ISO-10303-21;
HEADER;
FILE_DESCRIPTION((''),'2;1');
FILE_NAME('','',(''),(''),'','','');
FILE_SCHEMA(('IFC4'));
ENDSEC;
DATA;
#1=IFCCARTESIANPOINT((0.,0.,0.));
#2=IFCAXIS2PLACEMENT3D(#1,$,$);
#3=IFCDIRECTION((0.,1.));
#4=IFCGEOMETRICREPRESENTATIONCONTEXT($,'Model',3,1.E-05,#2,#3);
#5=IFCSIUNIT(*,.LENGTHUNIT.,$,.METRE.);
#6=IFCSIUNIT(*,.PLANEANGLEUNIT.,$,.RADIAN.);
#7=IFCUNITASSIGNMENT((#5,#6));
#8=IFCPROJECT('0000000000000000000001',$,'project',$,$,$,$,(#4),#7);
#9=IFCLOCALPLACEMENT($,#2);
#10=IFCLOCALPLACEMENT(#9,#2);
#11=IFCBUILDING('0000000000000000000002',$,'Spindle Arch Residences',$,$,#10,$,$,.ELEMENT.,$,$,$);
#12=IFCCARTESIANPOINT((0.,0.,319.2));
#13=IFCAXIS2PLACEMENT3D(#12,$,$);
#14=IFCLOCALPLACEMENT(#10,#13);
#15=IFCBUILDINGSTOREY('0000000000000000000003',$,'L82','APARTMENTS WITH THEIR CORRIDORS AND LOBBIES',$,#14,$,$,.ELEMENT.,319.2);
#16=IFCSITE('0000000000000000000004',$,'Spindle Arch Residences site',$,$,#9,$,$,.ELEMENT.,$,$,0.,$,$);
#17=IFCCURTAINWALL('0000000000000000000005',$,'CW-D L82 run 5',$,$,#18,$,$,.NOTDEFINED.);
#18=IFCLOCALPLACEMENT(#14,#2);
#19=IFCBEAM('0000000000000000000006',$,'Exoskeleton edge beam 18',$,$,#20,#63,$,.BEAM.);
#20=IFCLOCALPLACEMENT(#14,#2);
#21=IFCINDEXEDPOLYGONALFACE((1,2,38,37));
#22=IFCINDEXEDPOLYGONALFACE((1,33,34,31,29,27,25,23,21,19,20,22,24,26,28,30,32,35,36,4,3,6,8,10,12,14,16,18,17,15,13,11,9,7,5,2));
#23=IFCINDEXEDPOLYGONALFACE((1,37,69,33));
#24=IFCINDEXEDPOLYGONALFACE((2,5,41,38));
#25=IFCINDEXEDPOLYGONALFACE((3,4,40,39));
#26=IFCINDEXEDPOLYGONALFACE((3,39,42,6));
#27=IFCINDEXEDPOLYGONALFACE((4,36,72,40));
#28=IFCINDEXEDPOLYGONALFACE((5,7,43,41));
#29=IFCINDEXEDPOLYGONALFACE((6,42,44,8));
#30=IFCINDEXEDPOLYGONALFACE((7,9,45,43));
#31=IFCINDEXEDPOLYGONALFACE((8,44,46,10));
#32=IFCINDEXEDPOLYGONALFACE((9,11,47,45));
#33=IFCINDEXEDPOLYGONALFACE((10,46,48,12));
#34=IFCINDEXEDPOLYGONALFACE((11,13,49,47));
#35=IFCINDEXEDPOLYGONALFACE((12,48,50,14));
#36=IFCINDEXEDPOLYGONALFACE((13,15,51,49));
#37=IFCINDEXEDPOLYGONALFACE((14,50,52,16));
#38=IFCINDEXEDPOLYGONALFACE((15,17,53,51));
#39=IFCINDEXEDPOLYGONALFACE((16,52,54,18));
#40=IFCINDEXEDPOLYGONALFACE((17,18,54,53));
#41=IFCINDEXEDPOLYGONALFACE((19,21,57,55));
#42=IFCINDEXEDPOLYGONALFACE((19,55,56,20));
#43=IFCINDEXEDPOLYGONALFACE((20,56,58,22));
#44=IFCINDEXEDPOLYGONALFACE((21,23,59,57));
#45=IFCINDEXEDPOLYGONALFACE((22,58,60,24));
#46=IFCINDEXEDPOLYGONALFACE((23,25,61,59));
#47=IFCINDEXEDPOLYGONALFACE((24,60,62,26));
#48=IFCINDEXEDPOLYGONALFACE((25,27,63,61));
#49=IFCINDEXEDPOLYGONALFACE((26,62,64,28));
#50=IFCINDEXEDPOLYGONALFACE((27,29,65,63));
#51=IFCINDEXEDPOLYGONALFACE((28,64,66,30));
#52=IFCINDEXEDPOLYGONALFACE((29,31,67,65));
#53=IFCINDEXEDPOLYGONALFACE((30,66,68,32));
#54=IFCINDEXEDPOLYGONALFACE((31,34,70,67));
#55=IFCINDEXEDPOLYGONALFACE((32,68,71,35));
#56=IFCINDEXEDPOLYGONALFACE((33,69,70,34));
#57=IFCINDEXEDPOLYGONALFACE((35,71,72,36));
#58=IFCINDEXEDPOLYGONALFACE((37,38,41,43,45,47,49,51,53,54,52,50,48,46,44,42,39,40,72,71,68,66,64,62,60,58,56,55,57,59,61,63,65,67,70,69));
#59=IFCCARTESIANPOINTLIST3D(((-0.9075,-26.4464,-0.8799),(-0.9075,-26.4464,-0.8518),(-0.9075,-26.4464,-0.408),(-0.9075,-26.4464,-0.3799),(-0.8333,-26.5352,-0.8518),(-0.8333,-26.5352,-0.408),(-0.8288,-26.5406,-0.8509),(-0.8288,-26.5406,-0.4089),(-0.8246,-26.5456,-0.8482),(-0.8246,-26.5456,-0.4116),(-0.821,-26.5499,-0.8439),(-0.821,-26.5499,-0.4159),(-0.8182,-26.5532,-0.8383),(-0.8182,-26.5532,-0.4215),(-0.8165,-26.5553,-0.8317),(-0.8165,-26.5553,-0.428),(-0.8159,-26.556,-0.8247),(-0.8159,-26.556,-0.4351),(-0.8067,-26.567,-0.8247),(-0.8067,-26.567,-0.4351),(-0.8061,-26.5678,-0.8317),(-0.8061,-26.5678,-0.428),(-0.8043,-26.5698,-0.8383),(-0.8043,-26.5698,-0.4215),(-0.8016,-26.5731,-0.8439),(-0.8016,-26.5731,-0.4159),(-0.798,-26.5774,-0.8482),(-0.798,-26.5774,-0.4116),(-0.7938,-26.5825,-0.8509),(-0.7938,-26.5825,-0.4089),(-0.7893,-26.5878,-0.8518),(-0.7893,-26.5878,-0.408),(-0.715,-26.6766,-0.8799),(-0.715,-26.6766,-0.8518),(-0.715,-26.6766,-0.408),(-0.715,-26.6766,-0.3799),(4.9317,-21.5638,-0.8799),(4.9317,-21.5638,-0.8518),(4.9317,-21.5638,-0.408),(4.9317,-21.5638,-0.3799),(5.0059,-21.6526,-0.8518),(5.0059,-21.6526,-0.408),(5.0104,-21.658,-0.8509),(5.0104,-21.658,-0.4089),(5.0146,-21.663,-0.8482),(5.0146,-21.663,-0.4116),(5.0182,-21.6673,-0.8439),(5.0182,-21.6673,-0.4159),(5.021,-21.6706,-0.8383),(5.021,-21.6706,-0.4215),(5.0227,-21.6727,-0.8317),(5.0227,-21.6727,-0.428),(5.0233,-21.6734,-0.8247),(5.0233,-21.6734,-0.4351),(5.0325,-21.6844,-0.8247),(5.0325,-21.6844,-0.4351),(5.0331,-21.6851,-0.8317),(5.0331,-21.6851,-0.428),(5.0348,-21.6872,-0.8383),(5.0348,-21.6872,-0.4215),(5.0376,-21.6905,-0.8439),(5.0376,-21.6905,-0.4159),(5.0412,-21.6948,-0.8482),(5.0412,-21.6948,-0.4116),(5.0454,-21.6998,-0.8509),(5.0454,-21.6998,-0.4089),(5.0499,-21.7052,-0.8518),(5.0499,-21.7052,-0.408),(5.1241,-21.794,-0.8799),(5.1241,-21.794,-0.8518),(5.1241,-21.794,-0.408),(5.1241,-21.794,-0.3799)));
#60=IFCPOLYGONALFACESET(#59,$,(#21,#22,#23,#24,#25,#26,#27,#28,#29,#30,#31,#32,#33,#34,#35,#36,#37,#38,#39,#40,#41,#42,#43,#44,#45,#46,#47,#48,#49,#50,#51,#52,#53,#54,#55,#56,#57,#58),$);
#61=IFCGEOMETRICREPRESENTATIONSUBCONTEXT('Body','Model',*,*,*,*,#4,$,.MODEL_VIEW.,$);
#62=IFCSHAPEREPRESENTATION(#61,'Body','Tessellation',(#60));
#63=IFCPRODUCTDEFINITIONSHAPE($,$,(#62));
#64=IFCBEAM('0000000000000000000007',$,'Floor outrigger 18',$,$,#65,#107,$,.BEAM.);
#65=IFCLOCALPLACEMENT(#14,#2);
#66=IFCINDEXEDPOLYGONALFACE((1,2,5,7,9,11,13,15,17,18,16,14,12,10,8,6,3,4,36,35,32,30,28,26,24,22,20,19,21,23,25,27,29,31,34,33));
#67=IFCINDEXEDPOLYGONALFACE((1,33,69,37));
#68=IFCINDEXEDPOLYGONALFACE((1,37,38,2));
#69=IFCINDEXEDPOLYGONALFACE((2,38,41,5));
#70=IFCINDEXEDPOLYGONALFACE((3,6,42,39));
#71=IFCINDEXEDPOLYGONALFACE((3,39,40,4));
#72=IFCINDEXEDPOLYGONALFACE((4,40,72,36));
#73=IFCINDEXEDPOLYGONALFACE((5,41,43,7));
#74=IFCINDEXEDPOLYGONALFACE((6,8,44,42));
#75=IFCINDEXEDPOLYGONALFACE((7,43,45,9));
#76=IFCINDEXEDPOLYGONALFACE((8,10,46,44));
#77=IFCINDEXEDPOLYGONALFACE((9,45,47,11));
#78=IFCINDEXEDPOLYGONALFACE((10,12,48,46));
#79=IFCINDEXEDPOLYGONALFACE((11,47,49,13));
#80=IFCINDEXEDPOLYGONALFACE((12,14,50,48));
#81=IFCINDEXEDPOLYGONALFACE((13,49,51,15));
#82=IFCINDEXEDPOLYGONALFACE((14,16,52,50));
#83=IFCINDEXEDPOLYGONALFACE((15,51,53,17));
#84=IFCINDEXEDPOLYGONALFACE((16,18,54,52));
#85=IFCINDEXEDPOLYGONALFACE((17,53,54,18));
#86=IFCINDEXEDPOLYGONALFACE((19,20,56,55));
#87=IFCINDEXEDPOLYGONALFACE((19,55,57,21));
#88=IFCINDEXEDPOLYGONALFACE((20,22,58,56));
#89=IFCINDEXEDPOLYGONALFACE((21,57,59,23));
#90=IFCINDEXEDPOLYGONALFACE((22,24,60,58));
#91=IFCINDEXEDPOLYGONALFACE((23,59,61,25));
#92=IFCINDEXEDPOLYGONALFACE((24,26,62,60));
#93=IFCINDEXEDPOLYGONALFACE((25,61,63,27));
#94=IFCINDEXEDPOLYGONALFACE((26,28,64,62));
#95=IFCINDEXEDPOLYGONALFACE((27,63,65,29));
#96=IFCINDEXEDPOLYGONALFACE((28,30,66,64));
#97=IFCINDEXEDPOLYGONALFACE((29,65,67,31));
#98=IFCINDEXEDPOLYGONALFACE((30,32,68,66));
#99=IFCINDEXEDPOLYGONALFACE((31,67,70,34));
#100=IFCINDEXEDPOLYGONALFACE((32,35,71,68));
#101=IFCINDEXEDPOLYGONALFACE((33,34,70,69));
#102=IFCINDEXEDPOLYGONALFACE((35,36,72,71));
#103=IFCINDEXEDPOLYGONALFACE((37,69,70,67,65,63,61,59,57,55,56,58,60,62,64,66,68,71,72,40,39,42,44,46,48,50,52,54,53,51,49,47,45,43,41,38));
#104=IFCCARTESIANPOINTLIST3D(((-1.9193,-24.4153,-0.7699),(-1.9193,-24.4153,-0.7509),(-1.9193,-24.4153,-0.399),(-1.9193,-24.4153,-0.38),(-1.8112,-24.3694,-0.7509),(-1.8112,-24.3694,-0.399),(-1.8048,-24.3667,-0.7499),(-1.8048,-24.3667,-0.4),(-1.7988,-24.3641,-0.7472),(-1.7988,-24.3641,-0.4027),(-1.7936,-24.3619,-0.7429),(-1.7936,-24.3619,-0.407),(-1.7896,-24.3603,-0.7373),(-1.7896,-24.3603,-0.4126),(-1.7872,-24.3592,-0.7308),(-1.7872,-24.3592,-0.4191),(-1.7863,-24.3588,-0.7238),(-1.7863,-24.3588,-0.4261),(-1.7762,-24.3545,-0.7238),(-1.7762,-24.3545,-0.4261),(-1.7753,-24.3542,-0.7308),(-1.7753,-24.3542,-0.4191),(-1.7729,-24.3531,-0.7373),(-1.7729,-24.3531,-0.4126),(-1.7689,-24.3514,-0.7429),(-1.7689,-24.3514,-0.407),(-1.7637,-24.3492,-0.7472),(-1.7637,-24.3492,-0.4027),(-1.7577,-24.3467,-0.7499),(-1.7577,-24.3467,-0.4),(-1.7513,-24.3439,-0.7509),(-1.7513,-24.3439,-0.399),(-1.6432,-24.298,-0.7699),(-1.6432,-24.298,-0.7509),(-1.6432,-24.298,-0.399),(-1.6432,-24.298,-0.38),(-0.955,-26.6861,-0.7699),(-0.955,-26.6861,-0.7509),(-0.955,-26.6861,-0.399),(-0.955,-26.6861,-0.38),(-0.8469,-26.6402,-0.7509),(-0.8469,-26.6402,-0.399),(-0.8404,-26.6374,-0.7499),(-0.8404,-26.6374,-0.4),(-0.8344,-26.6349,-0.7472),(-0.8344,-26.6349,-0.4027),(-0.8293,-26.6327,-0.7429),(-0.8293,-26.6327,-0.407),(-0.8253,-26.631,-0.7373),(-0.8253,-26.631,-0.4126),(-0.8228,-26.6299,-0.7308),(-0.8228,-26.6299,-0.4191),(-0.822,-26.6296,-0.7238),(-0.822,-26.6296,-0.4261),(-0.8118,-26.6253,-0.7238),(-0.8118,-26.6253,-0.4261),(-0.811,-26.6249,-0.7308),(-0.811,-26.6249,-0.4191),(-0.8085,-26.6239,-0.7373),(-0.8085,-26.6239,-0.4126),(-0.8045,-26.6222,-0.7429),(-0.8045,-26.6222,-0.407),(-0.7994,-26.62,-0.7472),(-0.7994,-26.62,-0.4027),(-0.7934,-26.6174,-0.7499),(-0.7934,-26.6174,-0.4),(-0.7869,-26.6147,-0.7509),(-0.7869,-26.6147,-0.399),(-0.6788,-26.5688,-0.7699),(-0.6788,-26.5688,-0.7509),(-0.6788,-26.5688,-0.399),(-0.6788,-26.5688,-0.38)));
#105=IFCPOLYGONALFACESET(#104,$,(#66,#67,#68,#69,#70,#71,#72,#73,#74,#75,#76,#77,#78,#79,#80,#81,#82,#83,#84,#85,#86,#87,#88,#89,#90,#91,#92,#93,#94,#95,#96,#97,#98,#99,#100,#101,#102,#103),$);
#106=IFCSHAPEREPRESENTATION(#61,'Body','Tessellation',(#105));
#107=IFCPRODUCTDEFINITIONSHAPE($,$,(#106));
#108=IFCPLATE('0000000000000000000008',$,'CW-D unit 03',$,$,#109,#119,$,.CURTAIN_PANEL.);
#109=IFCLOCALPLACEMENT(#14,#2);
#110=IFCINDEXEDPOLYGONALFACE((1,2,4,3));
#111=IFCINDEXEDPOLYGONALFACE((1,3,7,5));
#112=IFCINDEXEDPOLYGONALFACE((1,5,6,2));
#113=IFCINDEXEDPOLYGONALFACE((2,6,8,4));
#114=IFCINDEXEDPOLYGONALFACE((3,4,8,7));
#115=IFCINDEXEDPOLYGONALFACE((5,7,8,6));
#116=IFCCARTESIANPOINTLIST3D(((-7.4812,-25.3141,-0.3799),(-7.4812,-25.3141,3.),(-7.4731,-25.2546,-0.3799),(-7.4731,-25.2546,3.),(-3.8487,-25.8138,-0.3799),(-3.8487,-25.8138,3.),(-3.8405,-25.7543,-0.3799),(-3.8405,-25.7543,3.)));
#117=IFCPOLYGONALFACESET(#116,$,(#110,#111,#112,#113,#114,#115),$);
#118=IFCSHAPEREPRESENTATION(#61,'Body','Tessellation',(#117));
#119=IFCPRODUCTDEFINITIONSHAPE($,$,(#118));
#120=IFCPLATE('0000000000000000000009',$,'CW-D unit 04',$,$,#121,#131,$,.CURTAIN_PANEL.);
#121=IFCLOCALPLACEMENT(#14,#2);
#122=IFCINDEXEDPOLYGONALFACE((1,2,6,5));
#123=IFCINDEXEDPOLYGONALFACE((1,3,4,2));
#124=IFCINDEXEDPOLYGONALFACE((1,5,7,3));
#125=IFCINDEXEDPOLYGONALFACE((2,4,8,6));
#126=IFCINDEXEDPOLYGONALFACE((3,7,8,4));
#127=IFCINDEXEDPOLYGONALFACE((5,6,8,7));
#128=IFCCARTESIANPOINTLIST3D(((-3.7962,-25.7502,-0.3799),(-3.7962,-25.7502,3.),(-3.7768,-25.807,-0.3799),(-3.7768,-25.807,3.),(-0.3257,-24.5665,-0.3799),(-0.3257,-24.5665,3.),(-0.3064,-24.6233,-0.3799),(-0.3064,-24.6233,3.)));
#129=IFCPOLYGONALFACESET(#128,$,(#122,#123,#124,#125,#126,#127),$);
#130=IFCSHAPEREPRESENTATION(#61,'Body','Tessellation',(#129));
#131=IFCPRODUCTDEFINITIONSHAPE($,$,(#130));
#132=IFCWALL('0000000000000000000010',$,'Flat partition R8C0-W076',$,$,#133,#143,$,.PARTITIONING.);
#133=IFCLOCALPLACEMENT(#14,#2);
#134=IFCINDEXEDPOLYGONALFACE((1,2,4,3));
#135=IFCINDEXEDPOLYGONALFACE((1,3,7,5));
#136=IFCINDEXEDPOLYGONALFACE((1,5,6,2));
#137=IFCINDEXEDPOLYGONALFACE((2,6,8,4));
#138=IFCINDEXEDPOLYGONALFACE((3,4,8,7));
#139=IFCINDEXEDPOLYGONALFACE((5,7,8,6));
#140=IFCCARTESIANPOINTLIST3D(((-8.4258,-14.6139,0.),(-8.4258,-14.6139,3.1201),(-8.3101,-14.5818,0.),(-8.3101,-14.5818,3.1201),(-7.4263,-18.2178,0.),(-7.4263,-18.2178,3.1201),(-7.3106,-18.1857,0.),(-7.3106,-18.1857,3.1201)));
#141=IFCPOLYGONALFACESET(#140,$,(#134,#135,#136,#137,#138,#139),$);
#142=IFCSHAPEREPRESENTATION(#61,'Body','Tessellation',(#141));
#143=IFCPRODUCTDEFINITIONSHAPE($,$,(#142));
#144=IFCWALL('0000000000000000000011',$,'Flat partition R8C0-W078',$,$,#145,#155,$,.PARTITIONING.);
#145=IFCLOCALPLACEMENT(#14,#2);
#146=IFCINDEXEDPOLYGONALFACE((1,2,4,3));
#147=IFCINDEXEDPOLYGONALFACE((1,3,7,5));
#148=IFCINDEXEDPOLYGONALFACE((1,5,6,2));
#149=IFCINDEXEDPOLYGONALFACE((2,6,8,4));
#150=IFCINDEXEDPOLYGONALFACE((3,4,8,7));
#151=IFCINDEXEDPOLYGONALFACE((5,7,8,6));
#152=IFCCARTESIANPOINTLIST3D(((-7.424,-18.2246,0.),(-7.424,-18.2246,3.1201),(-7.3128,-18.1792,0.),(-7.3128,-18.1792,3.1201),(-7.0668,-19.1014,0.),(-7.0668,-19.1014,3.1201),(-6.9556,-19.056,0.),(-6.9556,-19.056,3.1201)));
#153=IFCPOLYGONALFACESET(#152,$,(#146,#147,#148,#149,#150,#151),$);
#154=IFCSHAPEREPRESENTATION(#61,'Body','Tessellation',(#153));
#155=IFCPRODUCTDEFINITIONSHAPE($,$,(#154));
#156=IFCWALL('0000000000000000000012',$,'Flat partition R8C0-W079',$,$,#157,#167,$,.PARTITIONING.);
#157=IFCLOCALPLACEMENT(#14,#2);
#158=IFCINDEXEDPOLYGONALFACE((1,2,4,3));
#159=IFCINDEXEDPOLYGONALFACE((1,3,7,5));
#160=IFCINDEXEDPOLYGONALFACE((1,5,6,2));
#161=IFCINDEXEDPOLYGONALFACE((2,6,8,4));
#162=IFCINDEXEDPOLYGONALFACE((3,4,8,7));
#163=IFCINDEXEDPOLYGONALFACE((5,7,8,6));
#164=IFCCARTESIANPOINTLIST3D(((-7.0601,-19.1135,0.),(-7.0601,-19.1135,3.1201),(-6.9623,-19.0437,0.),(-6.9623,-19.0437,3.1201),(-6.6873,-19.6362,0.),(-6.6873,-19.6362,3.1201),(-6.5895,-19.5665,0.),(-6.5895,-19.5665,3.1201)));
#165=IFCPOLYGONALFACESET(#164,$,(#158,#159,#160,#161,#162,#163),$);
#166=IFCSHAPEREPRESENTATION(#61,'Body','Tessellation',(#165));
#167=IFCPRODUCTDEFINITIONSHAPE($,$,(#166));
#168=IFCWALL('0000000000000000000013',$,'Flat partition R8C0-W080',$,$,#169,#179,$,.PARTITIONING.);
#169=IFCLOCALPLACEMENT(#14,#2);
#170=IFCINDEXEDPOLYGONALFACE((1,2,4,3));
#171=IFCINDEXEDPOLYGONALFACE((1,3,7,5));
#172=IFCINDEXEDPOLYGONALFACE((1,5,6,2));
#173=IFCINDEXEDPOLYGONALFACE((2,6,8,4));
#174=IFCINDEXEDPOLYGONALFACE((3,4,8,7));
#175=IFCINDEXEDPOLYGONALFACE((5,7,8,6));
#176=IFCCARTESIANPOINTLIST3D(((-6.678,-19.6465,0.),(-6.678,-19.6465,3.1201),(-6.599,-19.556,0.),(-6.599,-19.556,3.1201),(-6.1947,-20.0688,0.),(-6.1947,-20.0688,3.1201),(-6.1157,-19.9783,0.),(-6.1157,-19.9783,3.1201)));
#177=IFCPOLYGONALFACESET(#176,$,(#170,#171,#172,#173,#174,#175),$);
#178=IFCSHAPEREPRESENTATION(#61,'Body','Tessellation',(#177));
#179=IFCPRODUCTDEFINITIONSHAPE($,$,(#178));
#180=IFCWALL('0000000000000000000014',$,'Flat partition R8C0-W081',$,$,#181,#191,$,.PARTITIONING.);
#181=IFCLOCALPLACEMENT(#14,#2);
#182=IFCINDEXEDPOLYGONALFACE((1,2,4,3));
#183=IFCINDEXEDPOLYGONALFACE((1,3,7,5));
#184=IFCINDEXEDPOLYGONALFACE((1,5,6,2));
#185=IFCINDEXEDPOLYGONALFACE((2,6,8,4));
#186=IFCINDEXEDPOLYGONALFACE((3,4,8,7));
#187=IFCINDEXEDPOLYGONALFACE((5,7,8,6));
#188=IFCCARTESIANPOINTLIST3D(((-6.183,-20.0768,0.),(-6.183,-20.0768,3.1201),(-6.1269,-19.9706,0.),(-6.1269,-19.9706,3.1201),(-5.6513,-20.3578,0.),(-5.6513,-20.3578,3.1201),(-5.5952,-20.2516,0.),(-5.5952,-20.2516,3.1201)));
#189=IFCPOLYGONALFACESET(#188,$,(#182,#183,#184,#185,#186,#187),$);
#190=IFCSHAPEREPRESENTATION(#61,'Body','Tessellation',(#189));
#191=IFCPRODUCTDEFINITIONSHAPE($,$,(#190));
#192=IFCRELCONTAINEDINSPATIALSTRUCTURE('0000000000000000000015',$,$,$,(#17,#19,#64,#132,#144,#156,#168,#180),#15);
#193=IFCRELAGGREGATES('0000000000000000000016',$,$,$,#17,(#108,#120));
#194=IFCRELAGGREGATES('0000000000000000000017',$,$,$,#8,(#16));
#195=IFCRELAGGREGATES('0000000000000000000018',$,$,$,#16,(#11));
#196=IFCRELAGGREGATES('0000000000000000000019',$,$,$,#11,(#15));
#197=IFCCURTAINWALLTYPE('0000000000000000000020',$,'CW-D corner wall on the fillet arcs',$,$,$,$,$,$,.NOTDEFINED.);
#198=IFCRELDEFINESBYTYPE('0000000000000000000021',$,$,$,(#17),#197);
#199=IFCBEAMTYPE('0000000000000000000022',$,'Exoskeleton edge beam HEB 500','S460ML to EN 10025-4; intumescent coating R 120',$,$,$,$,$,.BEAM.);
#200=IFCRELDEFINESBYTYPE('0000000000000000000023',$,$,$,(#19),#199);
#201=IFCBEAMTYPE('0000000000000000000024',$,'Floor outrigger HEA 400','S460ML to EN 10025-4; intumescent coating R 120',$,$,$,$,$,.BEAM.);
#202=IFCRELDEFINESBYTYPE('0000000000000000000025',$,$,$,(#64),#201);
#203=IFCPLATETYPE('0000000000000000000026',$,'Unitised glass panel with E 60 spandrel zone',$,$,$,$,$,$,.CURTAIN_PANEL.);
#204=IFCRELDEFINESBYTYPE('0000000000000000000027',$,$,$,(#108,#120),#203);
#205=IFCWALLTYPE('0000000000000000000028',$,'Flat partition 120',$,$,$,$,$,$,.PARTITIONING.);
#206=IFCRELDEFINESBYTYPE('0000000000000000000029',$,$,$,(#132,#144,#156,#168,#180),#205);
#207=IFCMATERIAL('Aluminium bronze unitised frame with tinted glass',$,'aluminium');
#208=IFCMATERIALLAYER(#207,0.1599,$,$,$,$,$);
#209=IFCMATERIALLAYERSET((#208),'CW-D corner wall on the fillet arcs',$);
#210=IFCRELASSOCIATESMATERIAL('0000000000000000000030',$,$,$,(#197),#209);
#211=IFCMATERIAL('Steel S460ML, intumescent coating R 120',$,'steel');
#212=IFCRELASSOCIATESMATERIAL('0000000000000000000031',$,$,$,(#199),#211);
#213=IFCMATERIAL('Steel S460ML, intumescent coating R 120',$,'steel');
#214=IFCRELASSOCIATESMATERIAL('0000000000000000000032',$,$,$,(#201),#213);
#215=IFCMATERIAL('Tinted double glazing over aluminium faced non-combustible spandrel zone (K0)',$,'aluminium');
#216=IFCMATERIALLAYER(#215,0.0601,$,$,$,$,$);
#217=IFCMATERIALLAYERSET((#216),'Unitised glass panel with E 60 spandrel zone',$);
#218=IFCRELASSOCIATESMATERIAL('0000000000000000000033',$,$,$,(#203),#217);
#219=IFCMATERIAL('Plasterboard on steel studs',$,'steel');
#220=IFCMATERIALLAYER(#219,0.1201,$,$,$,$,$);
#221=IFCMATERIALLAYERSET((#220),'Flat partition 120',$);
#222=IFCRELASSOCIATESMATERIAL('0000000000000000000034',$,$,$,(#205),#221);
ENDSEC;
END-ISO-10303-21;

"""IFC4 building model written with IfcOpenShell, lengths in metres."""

from ifc_helpers import new_model, si_unit, direction, frame, frame_2d, origin, origin_2d, place, context, subcontext, project, spatial, rectangle, i_section, extrude, material, layer, layer_set, material_profile, profile_set, type_object, element, aggregate, save


model = new_model("IFC4")

# Units and contexts
model_context = context("Model", 3, precision=1e-05, world=origin(), true_north=direction((0.0, 1.0)))
body_context = subcontext(model_context, "Body", "Model", "MODEL_VIEW")
ifc_project = project(units=[si_unit("LENGTHUNIT", "METRE"), si_unit("PLANEANGLEUNIT", "RADIAN")], contexts=[model_context])

# Site, building, storey
site_placement = place(None, origin())
site = spatial("IfcSite", under=ifc_project, at=site_placement, Name="Spindle Arch Residences site", CompositionType="ELEMENT", RefElevation=0.0)
building_placement = place(site_placement, origin())
building = spatial("IfcBuilding", under=site, at=building_placement, Name="Spindle Arch Residences", CompositionType="ELEMENT")
storey_placement = place(building_placement, frame((0.0, 0.0, 319.2)))
storey = spatial("IfcBuildingStorey", under=building, at=storey_placement, Name="L82", Description="APARTMENTS WITH THEIR CORRIDORS AND LOBBIES", CompositionType="ELEMENT", Elevation=319.2)

# Curtain wall
ifc_material_1 = material(Name="Aluminium bronze unitised frame with tinted glass", Category="aluminium")
ifc_layer_1 = layer(ifc_material_1, 0.1599)
ifc_layer_set_1 = layer_set([ifc_layer_1], Name="CW-D corner wall on the fillet arcs")
curtain_wall_type = type_object("IfcCurtainWallType", Name="CW-D corner wall on the fillet arcs", PredefinedType="NOTDEFINED", material=ifc_layer_set_1)
curtain_wall_placement = place(storey_placement, origin())
curtain_wall = element("IfcCurtainWall", 1, at=curtain_wall_placement, inside=storey, type_object=curtain_wall_type, Name="CW-D L82 run 5", PredefinedType="NOTDEFINED")

# Beams
ifc_material_2 = material(Name="Steel S460ML, intumescent coating R 120", Category="steel")
ifc_material_profile_1 = material_profile(ifc_material_2, i_section(OverallWidth=0.3, OverallDepth=0.5, WebThickness=0.0144, FlangeThickness=0.0281, FilletRadius=0.0271, at=origin_2d()), Name="HEB 500")
ifc_profile_set_1 = profile_set([ifc_material_profile_1], Name="Steel S460ML, intumescent coating R 120")
beam_type_1 = type_object("IfcBeamType", Name="Exoskeleton edge beam HEB 500", Description="S460ML to EN 10025-4; intumescent coating R 120", PredefinedType="BEAM", material=ifc_profile_set_1)
beam_1_placement = place(storey_placement, frame((-0.8113, -26.5615, -0.6299), z_axis=(0.767145, 0.641474, 0.0), x_axis=(-0.641474, 0.767145, 0.0)))
element("IfcBeam", 2, at=beam_1_placement, inside=storey, type_object=beam_type_1, Name="Exoskeleton edge beam 18", PredefinedType="BEAM", context=body_context, shape_type="SweptSolid", body=[
    extrude(i_section(OverallWidth=0.3, OverallDepth=0.5, WebThickness=0.0144, FlangeThickness=0.0281, FilletRadius=0.0271, at=origin_2d()), origin(), (0.0, 0.0, 1.0), 7.6116),
])
ifc_material_3 = material(Name="Steel S460ML, intumescent coating R 120", Category="steel")
ifc_material_profile_2 = material_profile(ifc_material_3, i_section(OverallWidth=0.3, OverallDepth=0.3899, WebThickness=0.011, FlangeThickness=0.019, FilletRadius=0.0271, at=origin_2d()), Name="HEA 400")
ifc_profile_set_2 = profile_set([ifc_material_profile_2], Name="Steel S460ML, intumescent coating R 120")
beam_type_2 = type_object("IfcBeamType", Name="Floor outrigger HEA 400", Description="S460ML to EN 10025-4; intumescent coating R 120", PredefinedType="BEAM", material=ifc_profile_set_2)
beam_2_placement = place(storey_placement, frame((-0.8169, -26.6274, -0.575), z_axis=(-0.390895, 0.920435, 0.0), x_axis=(-0.920435, -0.390895, 0.0)))
element("IfcBeam", 3, at=beam_2_placement, inside=storey, type_object=beam_type_2, Name="Floor outrigger 18", PredefinedType="BEAM", context=body_context, shape_type="SweptSolid", body=[
    extrude(i_section(OverallWidth=0.3, OverallDepth=0.3899, WebThickness=0.011, FlangeThickness=0.019, FilletRadius=0.0271, at=origin_2d()), origin(), (0.0, 0.0, 1.0), 2.467),
])

# Plates
ifc_material_4 = material(Name="Tinted double glazing over aluminium faced non-combustible spandrel zone (K0)", Category="aluminium")
ifc_layer_2 = layer(ifc_material_4, 0.0601)
ifc_layer_set_2 = layer_set([ifc_layer_2], Name="Unitised glass panel with E 60 spandrel zone")
plate_type = type_object("IfcPlateType", Name="Unitised glass panel with E 60 spandrel zone", PredefinedType="CURTAIN_PANEL", material=ifc_layer_set_2)
plate_1_placement = place(storey_placement, frame((-5.6609, -25.5342, -0.3799), z_axis=(0.0, 0.0, 1.0), x_axis=(0.990669, -0.136292, 0.0)))
plate_1 = element("IfcPlate", 4, at=plate_1_placement, type_object=plate_type, Name="CW-D unit 03", PredefinedType="CURTAIN_PANEL", context=body_context, shape_type="SweptSolid", body=[
    extrude(rectangle(XDim=3.6667, YDim=0.0601, at=origin_2d()), origin(), (0.0, 0.0, 1.0), 3.3799),
])
plate_2_placement = place(storey_placement, frame((-2.0513, -25.1868, -0.3799), z_axis=(0.0, 0.0, 1.0), x_axis=(0.946462, 0.322816, 0.0)))
plate_2 = element("IfcPlate", 5, at=plate_2_placement, type_object=plate_type, Name="CW-D unit 04", PredefinedType="CURTAIN_PANEL", context=body_context, shape_type="SweptSolid", body=[
    extrude(rectangle(XDim=3.6667, YDim=0.0601, at=origin_2d()), origin(), (0.0, 0.0, 1.0), 3.3799),
])
aggregate(curtain_wall, [plate_1, plate_2])

# Walls
ifc_material_5 = material(Name="Plasterboard on steel studs", Category="steel")
ifc_layer_3 = layer(ifc_material_5, 0.1201)
ifc_layer_set_3 = layer_set([ifc_layer_3], Name="Flat partition 120")
wall_type_1 = type_object("IfcWallType", Name="Flat partition 120", PredefinedType="PARTITIONING", material=ifc_layer_set_3)
wall_1_placement = place(storey_placement, frame((-7.3684, -18.2019, 0.0), z_axis=(0.0, 0.0, 1.0), x_axis=(-0.267247, 0.963628, 0.0)))
element("IfcWall", 6, at=wall_1_placement, inside=storey, type_object=wall_type_1, Name="Flat partition R8C0-W076", PredefinedType="PARTITIONING", context=body_context, shape_type="SweptSolid", body=[
    extrude(rectangle(XDim=3.74, YDim=0.1201, at=frame_2d((1.8701, 0.0))), origin(), (0.0, 0.0, 1.0), 3.1201),
])
wall_2_placement = place(storey_placement, frame((-7.3684, -18.2019, 0.0), z_axis=(0.0, 0.0, 1.0), x_axis=(0.377297, -0.926092, 0.0)))
element("IfcWall", 7, at=wall_2_placement, inside=storey, type_object=wall_type_1, Name="Flat partition R8C0-W078", PredefinedType="PARTITIONING", context=body_context, shape_type="SweptSolid", body=[
    extrude(rectangle(XDim=0.9468, YDim=0.1201, at=frame_2d((0.4734, 0.0))), origin(), (0.0, 0.0, 1.0), 3.1201),
])
wall_3_placement = place(storey_placement, frame((-7.0112, -19.0786, 0.0), z_axis=(0.0, 0.0, 1.0), x_axis=(0.580663, -0.814144, 0.0)))
element("IfcWall", 8, at=wall_3_placement, inside=storey, type_object=wall_type_1, Name="Flat partition R8C0-W079", PredefinedType="PARTITIONING", context=body_context, shape_type="SweptSolid", body=[
    extrude(rectangle(XDim=0.6421, YDim=0.1201, at=frame_2d((0.321, 0.0))), origin(), (0.0, 0.0, 1.0), 3.1201),
])
wall_4_placement = place(storey_placement, frame((-6.6384, -19.6013, 0.0), z_axis=(0.0, 0.0, 1.0), x_axis=(0.753048, -0.657966, 0.0)))
element("IfcWall", 9, at=wall_4_placement, inside=storey, type_object=wall_type_1, Name="Flat partition R8C0-W080", PredefinedType="PARTITIONING", context=body_context, shape_type="SweptSolid", body=[
    extrude(rectangle(XDim=0.6418, YDim=0.1201, at=frame_2d((0.3208, 0.0))), origin(), (0.0, 0.0, 1.0), 3.1201),
])
wall_5_placement = place(storey_placement, frame((-6.155, -20.0237, 0.0), z_axis=(0.0, 0.0, 1.0), x_axis=(0.884133, -0.467235, 0.0)))
element("IfcWall", 10, at=wall_5_placement, inside=storey, type_object=wall_type_1, Name="Flat partition R8C0-W081", PredefinedType="PARTITIONING", context=body_context, shape_type="SweptSolid", body=[
    extrude(rectangle(XDim=0.6013, YDim=0.1201, at=frame_2d((0.3008, 0.0))), origin(), (0.0, 0.0, 1.0), 3.1201),
])

save(model, "model.ifc")
